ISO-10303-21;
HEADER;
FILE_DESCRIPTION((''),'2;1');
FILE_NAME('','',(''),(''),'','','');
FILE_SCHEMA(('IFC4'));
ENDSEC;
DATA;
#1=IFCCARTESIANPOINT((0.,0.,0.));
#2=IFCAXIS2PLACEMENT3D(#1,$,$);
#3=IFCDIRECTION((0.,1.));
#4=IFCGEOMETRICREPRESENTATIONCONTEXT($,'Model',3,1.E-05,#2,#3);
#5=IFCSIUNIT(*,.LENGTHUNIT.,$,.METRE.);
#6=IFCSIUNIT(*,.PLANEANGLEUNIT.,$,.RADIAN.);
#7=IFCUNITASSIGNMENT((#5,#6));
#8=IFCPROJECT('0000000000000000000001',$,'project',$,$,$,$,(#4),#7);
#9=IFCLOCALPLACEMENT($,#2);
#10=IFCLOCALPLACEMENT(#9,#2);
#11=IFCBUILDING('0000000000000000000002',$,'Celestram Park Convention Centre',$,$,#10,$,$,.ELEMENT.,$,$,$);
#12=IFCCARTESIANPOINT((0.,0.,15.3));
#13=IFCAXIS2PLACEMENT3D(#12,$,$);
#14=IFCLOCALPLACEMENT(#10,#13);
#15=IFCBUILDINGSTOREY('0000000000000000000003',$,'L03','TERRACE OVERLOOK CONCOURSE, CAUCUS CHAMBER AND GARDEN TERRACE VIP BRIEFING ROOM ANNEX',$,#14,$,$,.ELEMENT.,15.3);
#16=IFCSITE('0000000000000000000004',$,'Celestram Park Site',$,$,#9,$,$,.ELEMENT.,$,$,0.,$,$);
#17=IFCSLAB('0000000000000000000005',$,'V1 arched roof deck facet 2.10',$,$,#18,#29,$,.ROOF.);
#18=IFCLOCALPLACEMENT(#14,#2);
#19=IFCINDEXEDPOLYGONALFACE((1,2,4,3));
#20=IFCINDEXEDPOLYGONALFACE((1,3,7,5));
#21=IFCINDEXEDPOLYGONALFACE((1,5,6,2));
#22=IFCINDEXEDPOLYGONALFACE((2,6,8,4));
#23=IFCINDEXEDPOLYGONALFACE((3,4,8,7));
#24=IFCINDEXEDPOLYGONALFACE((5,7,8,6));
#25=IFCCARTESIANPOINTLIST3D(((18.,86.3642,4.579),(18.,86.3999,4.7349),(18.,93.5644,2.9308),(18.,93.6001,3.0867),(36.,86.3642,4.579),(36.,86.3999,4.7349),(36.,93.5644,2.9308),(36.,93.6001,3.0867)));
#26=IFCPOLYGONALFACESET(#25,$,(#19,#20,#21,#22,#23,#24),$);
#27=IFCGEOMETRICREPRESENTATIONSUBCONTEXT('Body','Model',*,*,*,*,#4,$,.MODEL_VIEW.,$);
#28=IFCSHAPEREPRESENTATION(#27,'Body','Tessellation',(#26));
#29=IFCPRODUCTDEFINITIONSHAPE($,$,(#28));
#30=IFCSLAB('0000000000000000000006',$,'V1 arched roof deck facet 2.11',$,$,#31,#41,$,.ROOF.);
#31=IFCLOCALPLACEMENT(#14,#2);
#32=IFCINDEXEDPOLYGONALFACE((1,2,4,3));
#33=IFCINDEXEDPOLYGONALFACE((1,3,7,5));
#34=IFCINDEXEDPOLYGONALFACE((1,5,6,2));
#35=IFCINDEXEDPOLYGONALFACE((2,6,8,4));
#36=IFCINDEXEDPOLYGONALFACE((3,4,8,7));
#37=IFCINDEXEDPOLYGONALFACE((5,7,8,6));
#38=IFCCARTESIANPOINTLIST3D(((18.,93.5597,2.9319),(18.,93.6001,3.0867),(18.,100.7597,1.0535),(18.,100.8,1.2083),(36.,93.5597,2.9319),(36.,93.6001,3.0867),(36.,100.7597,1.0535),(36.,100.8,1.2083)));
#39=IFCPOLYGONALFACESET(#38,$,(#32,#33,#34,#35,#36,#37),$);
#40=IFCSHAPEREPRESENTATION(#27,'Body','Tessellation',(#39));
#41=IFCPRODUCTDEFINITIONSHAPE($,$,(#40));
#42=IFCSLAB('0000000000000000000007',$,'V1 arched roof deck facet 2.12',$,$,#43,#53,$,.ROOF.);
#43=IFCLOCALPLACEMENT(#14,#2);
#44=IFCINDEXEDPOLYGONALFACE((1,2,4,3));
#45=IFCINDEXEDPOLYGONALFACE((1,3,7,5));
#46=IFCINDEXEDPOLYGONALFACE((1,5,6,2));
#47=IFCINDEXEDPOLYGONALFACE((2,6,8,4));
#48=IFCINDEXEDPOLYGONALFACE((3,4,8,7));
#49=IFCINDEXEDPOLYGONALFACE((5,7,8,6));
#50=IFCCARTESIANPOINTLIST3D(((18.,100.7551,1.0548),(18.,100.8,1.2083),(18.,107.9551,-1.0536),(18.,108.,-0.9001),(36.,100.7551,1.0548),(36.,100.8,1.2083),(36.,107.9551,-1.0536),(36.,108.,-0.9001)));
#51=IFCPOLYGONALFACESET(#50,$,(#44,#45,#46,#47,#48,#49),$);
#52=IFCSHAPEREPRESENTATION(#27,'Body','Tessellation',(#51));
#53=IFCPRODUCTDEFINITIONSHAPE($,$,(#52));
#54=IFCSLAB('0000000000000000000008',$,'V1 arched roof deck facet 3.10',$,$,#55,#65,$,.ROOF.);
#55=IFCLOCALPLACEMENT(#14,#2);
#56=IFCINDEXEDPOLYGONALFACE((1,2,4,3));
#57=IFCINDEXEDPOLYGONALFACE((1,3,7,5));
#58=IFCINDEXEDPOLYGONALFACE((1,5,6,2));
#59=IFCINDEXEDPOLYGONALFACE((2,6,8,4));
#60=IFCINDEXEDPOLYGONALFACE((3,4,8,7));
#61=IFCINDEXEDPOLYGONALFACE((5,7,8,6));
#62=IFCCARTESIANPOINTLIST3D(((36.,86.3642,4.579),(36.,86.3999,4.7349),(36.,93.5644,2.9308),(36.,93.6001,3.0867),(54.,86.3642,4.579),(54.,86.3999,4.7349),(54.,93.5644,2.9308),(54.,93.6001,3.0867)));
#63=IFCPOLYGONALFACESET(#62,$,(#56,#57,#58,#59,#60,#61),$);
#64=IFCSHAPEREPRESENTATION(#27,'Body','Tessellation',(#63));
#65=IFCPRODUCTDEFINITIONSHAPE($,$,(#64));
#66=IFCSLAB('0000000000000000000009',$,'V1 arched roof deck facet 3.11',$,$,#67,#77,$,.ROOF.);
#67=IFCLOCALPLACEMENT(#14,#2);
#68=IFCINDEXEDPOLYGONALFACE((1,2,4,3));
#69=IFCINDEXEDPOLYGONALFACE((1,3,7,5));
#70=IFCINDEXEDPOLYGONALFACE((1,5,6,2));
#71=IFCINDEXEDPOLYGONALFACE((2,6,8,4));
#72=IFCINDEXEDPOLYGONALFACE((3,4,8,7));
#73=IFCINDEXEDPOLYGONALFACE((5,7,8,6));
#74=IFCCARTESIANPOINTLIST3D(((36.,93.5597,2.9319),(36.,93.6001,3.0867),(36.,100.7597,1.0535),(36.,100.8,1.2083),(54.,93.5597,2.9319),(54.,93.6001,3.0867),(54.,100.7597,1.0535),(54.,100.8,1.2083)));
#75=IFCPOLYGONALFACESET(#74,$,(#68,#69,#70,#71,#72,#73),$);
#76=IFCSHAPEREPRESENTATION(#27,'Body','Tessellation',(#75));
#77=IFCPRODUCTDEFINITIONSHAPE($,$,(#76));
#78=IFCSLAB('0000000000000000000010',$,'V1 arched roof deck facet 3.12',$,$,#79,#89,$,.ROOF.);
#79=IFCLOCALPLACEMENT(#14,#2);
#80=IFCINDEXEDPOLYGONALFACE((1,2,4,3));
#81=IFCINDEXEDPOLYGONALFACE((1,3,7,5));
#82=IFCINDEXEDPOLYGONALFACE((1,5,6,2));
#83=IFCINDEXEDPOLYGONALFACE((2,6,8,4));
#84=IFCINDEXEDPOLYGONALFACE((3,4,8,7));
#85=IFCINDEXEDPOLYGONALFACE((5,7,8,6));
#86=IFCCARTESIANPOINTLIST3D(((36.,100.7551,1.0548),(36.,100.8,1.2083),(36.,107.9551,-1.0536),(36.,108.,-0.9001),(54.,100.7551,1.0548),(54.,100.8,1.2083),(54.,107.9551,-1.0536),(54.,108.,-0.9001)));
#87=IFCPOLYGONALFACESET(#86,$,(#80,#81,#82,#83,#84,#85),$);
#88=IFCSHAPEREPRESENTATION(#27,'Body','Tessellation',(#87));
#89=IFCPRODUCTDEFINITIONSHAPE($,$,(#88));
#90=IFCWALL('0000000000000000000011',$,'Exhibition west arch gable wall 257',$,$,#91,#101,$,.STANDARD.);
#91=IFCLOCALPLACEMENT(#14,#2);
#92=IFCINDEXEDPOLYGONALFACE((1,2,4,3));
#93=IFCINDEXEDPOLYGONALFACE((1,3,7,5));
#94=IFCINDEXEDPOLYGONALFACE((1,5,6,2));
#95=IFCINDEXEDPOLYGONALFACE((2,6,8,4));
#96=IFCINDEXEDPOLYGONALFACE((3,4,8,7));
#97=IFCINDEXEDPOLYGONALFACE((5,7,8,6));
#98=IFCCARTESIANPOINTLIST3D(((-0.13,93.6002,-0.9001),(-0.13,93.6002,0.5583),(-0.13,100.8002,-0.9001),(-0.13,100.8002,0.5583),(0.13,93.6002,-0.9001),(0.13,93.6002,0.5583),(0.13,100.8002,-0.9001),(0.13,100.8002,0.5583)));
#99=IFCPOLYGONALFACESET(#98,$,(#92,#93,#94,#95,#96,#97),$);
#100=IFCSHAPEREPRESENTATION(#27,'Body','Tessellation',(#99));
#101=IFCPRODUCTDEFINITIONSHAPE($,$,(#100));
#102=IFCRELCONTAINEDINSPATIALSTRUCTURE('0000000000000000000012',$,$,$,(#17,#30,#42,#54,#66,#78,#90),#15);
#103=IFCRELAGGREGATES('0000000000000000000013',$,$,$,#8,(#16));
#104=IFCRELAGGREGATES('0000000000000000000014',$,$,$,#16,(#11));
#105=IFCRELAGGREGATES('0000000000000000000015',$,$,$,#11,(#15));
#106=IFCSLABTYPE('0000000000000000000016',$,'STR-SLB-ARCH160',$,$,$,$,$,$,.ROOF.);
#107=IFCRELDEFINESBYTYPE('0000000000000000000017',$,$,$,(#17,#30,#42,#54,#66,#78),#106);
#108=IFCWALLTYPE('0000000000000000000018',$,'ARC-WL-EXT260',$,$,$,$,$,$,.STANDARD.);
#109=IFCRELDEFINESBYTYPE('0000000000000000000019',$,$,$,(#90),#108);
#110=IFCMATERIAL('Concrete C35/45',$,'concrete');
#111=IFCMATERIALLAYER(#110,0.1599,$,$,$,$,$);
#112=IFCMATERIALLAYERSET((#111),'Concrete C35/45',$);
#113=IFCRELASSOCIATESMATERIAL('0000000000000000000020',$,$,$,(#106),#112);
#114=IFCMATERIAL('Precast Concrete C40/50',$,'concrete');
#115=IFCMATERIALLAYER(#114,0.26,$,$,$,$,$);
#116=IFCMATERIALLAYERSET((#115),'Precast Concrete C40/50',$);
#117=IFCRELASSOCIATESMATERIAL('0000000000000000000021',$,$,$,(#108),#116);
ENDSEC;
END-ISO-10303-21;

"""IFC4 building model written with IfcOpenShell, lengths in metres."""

from ifc_helpers import new_model, si_unit, direction, frame, frame_2d, origin, place, context, subcontext, project, spatial, polyline, rectangle, outline, extrude, material, layer, layer_set, type_object, element, save


model = new_model("IFC4")

# Units and contexts
model_context = context("Model", 3, precision=1e-05, world=origin(), true_north=direction((0.0, 1.0)))
body_context = subcontext(model_context, "Body", "Model", "MODEL_VIEW")
ifc_project = project(units=[si_unit("LENGTHUNIT", "METRE"), si_unit("PLANEANGLEUNIT", "RADIAN")], contexts=[model_context])

# Site, building, storey
site_placement = place(None, origin())
site = spatial("IfcSite", under=ifc_project, at=site_placement, Name="Celestram Park Site", CompositionType="ELEMENT", RefElevation=0.0)
building_placement = place(site_placement, origin())
building = spatial("IfcBuilding", under=site, at=building_placement, Name="Celestram Park Convention Centre", CompositionType="ELEMENT")
storey_placement = place(building_placement, frame((0.0, 0.0, 15.3)))
storey = spatial("IfcBuildingStorey", under=building, at=storey_placement, Name="L03", Description="TERRACE OVERLOOK CONCOURSE, CAUCUS CHAMBER AND GARDEN TERRACE VIP BRIEFING ROOM ANNEX", CompositionType="ELEMENT", Elevation=15.3)

# Slabs
ifc_material_1 = material(Name="Concrete C35/45", Category="concrete")
ifc_layer_1 = layer(ifc_material_1, 0.1599)
ifc_layer_set_1 = layer_set([ifc_layer_1], Name="Concrete C35/45")
slab_type = type_object("IfcSlabType", Name="STR-SLB-ARCH160", PredefinedType="ROOF", material=ifc_layer_set_1)
slab_1_placement = place(storey_placement, frame((18.0, 86.3999, 4.7349), z_axis=(0.0, 0.223138, 0.974787), x_axis=(1.0, 0.0, 0.0)))
element("IfcSlab", 1, at=slab_1_placement, inside=storey, type_object=slab_type, Name="V1 arched roof deck facet 2.10", PredefinedType="ROOF", context=body_context, shape_type="SweptSolid", body=[
    extrude(outline(polyline([(0.0, 0.0), (18.0, 0.0), (18.0, 7.3864), (0.0, 7.3864), (0.0, 0.0)])), origin(), (0.0, 0.0, -1.0), 0.1599),
])
slab_2_placement = place(storey_placement, frame((18.0, 93.6001, 3.0867), z_axis=(0.0, 0.252443, 0.967612), x_axis=(1.0, 0.0, 0.0)))
element("IfcSlab", 2, at=slab_2_placement, inside=storey, type_object=slab_type, Name="V1 arched roof deck facet 2.11", PredefinedType="ROOF", context=body_context, shape_type="SweptSolid", body=[
    extrude(outline(polyline([(0.0, 0.0), (18.0, 0.0), (18.0, 7.441), (0.0, 7.441), (0.0, 0.0)])), origin(), (0.0, 0.0, -1.0), 0.1599),
])
slab_3_placement = place(storey_placement, frame((18.0, 100.8, 1.2083), z_axis=(0.0, 0.281033, 0.959698), x_axis=(1.0, 0.0, 0.0)))
element("IfcSlab", 3, at=slab_3_placement, inside=storey, type_object=slab_type, Name="V1 arched roof deck facet 2.12", PredefinedType="ROOF", context=body_context, shape_type="SweptSolid", body=[
    extrude(outline(polyline([(0.0, 0.0), (18.0, 0.0), (18.0, 7.5023), (0.0, 7.5023), (0.0, 0.0)])), origin(), (0.0, 0.0, -1.0), 0.1599),
])
slab_4_placement = place(storey_placement, frame((36.0, 86.3999, 4.7349), z_axis=(0.0, 0.223138, 0.974787), x_axis=(1.0, 0.0, 0.0)))
element("IfcSlab", 4, at=slab_4_placement, inside=storey, type_object=slab_type, Name="V1 arched roof deck facet 3.10", PredefinedType="ROOF", context=body_context, shape_type="SweptSolid", body=[
    extrude(outline(polyline([(0.0, 0.0), (18.0, 0.0), (18.0, 7.3864), (0.0, 7.3864), (0.0, 0.0)])), origin(), (0.0, 0.0, -1.0), 0.1599),
])
slab_5_placement = place(storey_placement, frame((36.0, 93.6001, 3.0867), z_axis=(0.0, 0.252443, 0.967612), x_axis=(1.0, 0.0, 0.0)))
element("IfcSlab", 5, at=slab_5_placement, inside=storey, type_object=slab_type, Name="V1 arched roof deck facet 3.11", PredefinedType="ROOF", context=body_context, shape_type="SweptSolid", body=[
    extrude(outline(polyline([(0.0, 0.0), (18.0, 0.0), (18.0, 7.441), (0.0, 7.441), (0.0, 0.0)])), origin(), (0.0, 0.0, -1.0), 0.1599),
])
slab_6_placement = place(storey_placement, frame((36.0, 100.8, 1.2083), z_axis=(0.0, 0.281033, 0.959698), x_axis=(1.0, 0.0, 0.0)))
element("IfcSlab", 6, at=slab_6_placement, inside=storey, type_object=slab_type, Name="V1 arched roof deck facet 3.12", PredefinedType="ROOF", context=body_context, shape_type="SweptSolid", body=[
    extrude(outline(polyline([(0.0, 0.0), (18.0, 0.0), (18.0, 7.5023), (0.0, 7.5023), (0.0, 0.0)])), origin(), (0.0, 0.0, -1.0), 0.1599),
])

# Wall
ifc_material_2 = material(Name="Precast Concrete C40/50", Category="concrete")
ifc_layer_2 = layer(ifc_material_2, 0.26)
ifc_layer_set_2 = layer_set([ifc_layer_2], Name="Precast Concrete C40/50")
wall_type = type_object("IfcWallType", Name="ARC-WL-EXT260", PredefinedType="STANDARD", material=ifc_layer_set_2)
wall_placement = place(storey_placement, frame((0.0, 93.6001, -0.9001), z_axis=(0.0, 0.0, 1.0), x_axis=(0.0, 1.0, 0.0)))
element("IfcWall", 7, at=wall_placement, inside=storey, type_object=wall_type, Name="Exhibition west arch gable wall 257", PredefinedType="STANDARD", context=body_context, shape_type="SweptSolid", body=[
    extrude(rectangle(XDim=7.2, YDim=0.26, at=frame_2d((3.6001, 0.0))), origin(), (0.0, 0.0, 1.0), 1.4585),
])

save(model, "model.ifc")
